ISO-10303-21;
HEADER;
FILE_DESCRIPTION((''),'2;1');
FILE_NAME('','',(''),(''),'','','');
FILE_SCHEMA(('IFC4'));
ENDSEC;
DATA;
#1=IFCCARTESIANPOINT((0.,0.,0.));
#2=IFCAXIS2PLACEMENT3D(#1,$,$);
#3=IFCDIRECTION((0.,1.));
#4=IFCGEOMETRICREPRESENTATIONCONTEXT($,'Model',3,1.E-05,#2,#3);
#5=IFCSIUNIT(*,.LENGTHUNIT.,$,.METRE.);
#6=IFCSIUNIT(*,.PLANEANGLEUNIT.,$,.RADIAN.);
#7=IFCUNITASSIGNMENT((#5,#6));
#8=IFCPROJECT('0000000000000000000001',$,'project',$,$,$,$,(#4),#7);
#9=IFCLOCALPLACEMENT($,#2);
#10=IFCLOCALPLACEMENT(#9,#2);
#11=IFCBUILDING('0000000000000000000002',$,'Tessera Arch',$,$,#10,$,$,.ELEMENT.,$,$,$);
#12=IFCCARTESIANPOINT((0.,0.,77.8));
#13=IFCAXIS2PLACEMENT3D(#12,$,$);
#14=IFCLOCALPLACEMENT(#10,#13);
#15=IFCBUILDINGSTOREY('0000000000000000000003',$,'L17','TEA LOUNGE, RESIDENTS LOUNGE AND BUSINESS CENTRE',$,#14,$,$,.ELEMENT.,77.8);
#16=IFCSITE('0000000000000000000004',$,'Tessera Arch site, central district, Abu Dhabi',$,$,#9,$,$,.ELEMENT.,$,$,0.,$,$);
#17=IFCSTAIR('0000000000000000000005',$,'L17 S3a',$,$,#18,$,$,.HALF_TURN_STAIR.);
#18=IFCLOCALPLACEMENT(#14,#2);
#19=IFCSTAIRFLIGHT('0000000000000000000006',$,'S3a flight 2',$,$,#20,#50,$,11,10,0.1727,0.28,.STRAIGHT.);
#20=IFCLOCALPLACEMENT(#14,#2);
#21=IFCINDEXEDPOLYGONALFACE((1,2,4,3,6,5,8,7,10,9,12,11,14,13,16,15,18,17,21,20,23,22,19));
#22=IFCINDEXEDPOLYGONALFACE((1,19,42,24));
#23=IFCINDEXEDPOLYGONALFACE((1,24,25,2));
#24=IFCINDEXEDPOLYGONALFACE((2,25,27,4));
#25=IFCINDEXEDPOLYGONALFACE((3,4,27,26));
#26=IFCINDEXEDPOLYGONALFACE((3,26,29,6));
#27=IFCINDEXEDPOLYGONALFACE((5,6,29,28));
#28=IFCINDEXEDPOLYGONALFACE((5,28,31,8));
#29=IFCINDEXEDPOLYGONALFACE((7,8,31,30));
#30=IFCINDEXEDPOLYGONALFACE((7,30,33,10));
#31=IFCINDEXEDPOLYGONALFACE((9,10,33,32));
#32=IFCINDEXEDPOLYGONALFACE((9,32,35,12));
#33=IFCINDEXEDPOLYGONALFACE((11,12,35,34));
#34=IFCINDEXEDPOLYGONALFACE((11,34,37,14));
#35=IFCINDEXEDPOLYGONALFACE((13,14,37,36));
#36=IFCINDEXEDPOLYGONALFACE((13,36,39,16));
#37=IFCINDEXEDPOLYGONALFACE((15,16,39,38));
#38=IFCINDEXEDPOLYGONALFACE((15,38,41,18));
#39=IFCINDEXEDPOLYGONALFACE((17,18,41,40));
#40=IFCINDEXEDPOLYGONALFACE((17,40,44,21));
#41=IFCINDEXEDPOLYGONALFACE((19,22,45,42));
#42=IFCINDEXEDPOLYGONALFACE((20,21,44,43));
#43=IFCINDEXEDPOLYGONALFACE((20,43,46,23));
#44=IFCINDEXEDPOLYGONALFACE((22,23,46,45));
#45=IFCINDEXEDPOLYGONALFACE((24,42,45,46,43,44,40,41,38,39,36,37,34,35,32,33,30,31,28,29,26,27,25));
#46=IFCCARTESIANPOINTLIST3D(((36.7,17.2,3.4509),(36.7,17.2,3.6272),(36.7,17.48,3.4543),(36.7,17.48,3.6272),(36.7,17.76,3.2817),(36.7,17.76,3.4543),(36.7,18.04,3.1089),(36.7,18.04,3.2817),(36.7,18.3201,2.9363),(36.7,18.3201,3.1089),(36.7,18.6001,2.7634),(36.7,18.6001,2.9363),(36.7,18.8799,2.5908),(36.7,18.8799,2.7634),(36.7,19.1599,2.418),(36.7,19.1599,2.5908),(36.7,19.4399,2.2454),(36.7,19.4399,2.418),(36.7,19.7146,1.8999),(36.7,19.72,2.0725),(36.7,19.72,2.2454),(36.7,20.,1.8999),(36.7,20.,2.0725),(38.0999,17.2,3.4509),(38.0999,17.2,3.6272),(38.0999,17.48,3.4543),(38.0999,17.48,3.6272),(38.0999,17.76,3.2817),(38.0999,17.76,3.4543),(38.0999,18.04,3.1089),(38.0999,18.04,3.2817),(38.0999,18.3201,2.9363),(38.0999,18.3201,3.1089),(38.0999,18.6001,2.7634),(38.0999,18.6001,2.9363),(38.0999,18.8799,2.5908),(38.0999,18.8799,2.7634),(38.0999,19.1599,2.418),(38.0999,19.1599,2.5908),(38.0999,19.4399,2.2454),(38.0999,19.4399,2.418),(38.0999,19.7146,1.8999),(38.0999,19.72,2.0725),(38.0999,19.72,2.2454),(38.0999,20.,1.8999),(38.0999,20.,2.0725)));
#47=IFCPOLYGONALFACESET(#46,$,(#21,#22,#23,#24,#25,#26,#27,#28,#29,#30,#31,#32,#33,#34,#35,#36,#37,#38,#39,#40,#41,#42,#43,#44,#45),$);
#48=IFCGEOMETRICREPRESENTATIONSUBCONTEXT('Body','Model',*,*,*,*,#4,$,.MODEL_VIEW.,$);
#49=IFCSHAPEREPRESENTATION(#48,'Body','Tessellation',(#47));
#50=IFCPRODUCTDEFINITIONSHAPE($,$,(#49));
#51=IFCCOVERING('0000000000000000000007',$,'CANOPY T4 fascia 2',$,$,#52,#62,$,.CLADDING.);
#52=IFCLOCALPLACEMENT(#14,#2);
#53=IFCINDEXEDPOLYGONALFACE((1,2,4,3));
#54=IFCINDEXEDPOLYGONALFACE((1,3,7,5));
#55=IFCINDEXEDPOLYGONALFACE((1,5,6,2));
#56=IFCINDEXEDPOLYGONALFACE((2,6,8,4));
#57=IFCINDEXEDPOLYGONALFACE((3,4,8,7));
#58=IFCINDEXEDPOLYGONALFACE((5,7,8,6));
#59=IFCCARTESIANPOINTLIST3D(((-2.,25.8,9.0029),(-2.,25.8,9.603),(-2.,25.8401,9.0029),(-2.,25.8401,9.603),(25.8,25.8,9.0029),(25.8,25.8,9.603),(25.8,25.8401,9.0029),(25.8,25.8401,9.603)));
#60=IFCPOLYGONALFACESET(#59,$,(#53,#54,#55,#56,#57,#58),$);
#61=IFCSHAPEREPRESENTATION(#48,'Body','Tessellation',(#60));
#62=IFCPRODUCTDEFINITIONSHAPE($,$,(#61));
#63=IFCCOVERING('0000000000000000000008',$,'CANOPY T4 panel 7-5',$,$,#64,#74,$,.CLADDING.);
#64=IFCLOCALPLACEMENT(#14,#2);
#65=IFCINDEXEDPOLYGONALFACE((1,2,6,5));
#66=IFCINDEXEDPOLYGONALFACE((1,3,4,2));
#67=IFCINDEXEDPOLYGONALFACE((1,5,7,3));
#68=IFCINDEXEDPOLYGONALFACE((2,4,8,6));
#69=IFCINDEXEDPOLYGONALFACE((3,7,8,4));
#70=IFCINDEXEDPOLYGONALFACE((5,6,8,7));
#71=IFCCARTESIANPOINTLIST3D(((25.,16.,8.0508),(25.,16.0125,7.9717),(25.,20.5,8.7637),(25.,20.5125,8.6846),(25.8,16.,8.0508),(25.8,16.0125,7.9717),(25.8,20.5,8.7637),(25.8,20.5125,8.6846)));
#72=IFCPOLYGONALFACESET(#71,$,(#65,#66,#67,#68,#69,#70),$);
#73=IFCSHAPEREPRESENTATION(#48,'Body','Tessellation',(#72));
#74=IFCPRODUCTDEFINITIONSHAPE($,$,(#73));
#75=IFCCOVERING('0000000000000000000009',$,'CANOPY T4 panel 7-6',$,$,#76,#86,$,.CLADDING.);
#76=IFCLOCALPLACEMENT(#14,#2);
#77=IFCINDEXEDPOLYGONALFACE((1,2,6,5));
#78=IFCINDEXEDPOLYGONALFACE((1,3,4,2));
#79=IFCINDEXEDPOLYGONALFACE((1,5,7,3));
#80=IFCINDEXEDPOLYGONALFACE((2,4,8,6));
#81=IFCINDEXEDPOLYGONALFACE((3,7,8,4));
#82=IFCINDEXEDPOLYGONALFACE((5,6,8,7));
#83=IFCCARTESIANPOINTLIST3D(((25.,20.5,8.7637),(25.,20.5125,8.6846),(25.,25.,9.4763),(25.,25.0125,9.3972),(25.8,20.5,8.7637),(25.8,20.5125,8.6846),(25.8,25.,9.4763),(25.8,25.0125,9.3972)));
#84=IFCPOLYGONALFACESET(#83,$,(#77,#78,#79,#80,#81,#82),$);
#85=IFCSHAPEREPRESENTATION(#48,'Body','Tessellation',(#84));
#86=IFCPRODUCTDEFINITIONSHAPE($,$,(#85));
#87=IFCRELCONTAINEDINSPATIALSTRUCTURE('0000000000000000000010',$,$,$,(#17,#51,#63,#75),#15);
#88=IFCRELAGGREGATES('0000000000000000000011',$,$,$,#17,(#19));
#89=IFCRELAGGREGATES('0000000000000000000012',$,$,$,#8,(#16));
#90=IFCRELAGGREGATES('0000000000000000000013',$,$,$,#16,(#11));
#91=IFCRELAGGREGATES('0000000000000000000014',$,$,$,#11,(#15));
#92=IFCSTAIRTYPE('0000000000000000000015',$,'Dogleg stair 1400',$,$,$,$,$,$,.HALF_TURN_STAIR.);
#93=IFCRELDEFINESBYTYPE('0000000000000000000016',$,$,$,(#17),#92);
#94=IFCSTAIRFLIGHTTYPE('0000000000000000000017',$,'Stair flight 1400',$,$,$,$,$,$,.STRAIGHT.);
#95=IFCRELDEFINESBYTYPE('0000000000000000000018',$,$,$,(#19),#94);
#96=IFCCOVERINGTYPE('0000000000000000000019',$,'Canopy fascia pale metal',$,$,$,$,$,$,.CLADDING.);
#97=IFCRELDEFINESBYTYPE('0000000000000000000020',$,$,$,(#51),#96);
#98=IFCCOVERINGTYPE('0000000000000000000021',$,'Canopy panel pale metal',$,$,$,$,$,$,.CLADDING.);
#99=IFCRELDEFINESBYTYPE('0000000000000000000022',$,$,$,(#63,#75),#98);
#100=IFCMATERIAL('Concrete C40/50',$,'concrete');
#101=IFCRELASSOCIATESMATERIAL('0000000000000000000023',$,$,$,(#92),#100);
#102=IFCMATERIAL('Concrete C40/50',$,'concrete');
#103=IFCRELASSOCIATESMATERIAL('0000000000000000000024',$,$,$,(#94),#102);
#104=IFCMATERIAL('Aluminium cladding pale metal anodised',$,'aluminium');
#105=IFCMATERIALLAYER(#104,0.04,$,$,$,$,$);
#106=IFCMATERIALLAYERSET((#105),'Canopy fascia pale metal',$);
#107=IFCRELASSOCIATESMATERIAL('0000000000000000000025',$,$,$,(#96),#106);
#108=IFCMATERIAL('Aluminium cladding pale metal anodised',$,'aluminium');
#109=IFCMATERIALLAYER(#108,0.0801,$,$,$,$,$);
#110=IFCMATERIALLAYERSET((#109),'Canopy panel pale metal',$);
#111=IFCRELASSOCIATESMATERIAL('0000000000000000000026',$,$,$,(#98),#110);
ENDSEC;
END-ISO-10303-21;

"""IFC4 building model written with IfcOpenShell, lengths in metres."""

from ifc_helpers import new_model, si_unit, direction, frame, origin, place, context, subcontext, project, spatial, polyline, outline, extrude, material, layer, layer_set, type_object, element, aggregate, save


model = new_model("IFC4")

# Units and contexts
model_context = context("Model", 3, precision=1e-05, world=origin(), true_north=direction((0.0, 1.0)))
body_context = subcontext(model_context, "Body", "Model", "MODEL_VIEW")
ifc_project = project(units=[si_unit("LENGTHUNIT", "METRE"), si_unit("PLANEANGLEUNIT", "RADIAN")], contexts=[model_context])

# Site, building, storey
site_placement = place(None, origin())
site = spatial("IfcSite", under=ifc_project, at=site_placement, Name="Tessera Arch site, central district, Abu Dhabi", CompositionType="ELEMENT", RefElevation=0.0)
building_placement = place(site_placement, origin())
building = spatial("IfcBuilding", under=site, at=building_placement, Name="Tessera Arch", CompositionType="ELEMENT")
storey_placement = place(building_placement, frame((0.0, 0.0, 77.8)))
storey = spatial("IfcBuildingStorey", under=building, at=storey_placement, Name="L17", Description="TEA LOUNGE, RESIDENTS LOUNGE AND BUSINESS CENTRE", CompositionType="ELEMENT", Elevation=77.8)

# Stair, stair flight
ifc_material_1 = material(Name="Concrete C40/50", Category="concrete")
stair_type = type_object("IfcStairType", Name="Dogleg stair 1400", PredefinedType="HALF_TURN_STAIR", material=ifc_material_1)
stair_placement = place(storey_placement, origin())
stair = element("IfcStair", 1, at=stair_placement, inside=storey, type_object=stair_type, Name="L17 S3a", PredefinedType="HALF_TURN_STAIR")
ifc_material_2 = material(Name="Concrete C40/50", Category="concrete")
stair_flight_type = type_object("IfcStairFlightType", Name="Stair flight 1400", PredefinedType="STRAIGHT", material=ifc_material_2)
stair_flight_placement = place(storey_placement, frame((37.3999, 20.0, 1.8999), z_axis=(0.0, 0.0, 1.0), x_axis=(0.0, -1.0, 0.0)))
stair_flight = element("IfcStairFlight", 2, at=stair_flight_placement, type_object=stair_flight_type, Name="S3a flight 2", NumberOfRisers=11, NumberOfTreads=10, PredefinedType="STRAIGHT", RiserHeight=0.1727, TreadLength=0.28, context=body_context, shape_type="SweptSolid", body=[
    extrude(outline(polyline([(0.0, 0.0), (0.0, 0.1726), (0.28, 0.1726), (0.28, 0.3455), (0.5601, 0.3455), (0.5601, 0.5181), (0.8401, 0.5181), (0.8401, 0.6909), (1.1201, 0.6909), (1.1201, 0.8635), (1.3999, 0.8635), (1.3999, 1.0364), (1.6799, 1.0364), (1.6799, 1.209), (1.96, 1.209), (1.96, 1.3818), (2.24, 1.3818), (2.24, 1.5544), (2.52, 1.5544), (2.52, 1.7273), (2.8, 1.7273), (2.8, 1.8999), (2.8, 1.551), (0.2854, 0.0), (0.0, 0.0)])), frame((0.0, 0.7, 0.0), z_axis=(0.0, -1.0, 0.0), x_axis=(1.0, 0.0, 0.0)), (0.0, 0.0, 1.0), 1.3999),
])
aggregate(stair, [stair_flight])

# Coverings
ifc_material_3 = material(Name="Aluminium cladding pale metal anodised", Category="aluminium")
ifc_layer_1 = layer(ifc_material_3, 0.04)
ifc_layer_set_1 = layer_set([ifc_layer_1], Name="Canopy fascia pale metal")
covering_type_1 = type_object("IfcCoveringType", Name="Canopy fascia pale metal", PredefinedType="CLADDING", material=ifc_layer_set_1)
covering_1_placement = place(storey_placement, frame((25.8, 25.8, 9.603), z_axis=(0.0, -1.0, 0.0), x_axis=(-1.0, 0.0, 0.0)))
element("IfcCovering", 3, at=covering_1_placement, inside=storey, type_object=covering_type_1, Name="CANOPY T4 fascia 2", PredefinedType="CLADDING", context=body_context, shape_type="SweptSolid", body=[
    extrude(outline(polyline([(0.0, 0.0), (27.8, 0.0), (27.8, 0.6001), (0.0, 0.6001), (0.0, 0.0)])), origin(), (0.0, 0.0, -1.0), 0.04),
])
ifc_material_4 = material(Name="Aluminium cladding pale metal anodised", Category="aluminium")
ifc_layer_2 = layer(ifc_material_4, 0.0801)
ifc_layer_set_2 = layer_set([ifc_layer_2], Name="Canopy panel pale metal")
covering_type_2 = type_object("IfcCoveringType", Name="Canopy panel pale metal", PredefinedType="CLADDING", material=ifc_layer_set_2)
covering_2_placement = place(storey_placement, frame((25.8, 20.5, 8.7637), z_axis=(0.0, -0.156469, 0.987683), x_axis=(-1.0, 0.0, 0.0)))
element("IfcCovering", 4, at=covering_2_placement, inside=storey, type_object=covering_type_2, Name="CANOPY T4 panel 7-5", PredefinedType="CLADDING", context=body_context, shape_type="SweptSolid", body=[
    extrude(outline(polyline([(0.0, 0.0), (0.8, 0.0), (0.8, 4.5561), (0.0, 4.5561), (0.0, 0.0)])), origin(), (0.0, 0.0, -1.0), 0.0801),
])
covering_3_placement = place(storey_placement, frame((25.8, 25.0, 9.4763), z_axis=(0.0, -0.156417, 0.987691), x_axis=(-1.0, 0.0, 0.0)))
element("IfcCovering", 5, at=covering_3_placement, inside=storey, type_object=covering_type_2, Name="CANOPY T4 panel 7-6", PredefinedType="CLADDING", context=body_context, shape_type="SweptSolid", body=[
    extrude(outline(polyline([(0.0, 0.0), (0.8, 0.0), (0.8, 4.5561), (0.0, 4.5561), (0.0, 0.0)])), origin(), (0.0, 0.0, -1.0), 0.0801),
])

save(model, "model.ifc")
